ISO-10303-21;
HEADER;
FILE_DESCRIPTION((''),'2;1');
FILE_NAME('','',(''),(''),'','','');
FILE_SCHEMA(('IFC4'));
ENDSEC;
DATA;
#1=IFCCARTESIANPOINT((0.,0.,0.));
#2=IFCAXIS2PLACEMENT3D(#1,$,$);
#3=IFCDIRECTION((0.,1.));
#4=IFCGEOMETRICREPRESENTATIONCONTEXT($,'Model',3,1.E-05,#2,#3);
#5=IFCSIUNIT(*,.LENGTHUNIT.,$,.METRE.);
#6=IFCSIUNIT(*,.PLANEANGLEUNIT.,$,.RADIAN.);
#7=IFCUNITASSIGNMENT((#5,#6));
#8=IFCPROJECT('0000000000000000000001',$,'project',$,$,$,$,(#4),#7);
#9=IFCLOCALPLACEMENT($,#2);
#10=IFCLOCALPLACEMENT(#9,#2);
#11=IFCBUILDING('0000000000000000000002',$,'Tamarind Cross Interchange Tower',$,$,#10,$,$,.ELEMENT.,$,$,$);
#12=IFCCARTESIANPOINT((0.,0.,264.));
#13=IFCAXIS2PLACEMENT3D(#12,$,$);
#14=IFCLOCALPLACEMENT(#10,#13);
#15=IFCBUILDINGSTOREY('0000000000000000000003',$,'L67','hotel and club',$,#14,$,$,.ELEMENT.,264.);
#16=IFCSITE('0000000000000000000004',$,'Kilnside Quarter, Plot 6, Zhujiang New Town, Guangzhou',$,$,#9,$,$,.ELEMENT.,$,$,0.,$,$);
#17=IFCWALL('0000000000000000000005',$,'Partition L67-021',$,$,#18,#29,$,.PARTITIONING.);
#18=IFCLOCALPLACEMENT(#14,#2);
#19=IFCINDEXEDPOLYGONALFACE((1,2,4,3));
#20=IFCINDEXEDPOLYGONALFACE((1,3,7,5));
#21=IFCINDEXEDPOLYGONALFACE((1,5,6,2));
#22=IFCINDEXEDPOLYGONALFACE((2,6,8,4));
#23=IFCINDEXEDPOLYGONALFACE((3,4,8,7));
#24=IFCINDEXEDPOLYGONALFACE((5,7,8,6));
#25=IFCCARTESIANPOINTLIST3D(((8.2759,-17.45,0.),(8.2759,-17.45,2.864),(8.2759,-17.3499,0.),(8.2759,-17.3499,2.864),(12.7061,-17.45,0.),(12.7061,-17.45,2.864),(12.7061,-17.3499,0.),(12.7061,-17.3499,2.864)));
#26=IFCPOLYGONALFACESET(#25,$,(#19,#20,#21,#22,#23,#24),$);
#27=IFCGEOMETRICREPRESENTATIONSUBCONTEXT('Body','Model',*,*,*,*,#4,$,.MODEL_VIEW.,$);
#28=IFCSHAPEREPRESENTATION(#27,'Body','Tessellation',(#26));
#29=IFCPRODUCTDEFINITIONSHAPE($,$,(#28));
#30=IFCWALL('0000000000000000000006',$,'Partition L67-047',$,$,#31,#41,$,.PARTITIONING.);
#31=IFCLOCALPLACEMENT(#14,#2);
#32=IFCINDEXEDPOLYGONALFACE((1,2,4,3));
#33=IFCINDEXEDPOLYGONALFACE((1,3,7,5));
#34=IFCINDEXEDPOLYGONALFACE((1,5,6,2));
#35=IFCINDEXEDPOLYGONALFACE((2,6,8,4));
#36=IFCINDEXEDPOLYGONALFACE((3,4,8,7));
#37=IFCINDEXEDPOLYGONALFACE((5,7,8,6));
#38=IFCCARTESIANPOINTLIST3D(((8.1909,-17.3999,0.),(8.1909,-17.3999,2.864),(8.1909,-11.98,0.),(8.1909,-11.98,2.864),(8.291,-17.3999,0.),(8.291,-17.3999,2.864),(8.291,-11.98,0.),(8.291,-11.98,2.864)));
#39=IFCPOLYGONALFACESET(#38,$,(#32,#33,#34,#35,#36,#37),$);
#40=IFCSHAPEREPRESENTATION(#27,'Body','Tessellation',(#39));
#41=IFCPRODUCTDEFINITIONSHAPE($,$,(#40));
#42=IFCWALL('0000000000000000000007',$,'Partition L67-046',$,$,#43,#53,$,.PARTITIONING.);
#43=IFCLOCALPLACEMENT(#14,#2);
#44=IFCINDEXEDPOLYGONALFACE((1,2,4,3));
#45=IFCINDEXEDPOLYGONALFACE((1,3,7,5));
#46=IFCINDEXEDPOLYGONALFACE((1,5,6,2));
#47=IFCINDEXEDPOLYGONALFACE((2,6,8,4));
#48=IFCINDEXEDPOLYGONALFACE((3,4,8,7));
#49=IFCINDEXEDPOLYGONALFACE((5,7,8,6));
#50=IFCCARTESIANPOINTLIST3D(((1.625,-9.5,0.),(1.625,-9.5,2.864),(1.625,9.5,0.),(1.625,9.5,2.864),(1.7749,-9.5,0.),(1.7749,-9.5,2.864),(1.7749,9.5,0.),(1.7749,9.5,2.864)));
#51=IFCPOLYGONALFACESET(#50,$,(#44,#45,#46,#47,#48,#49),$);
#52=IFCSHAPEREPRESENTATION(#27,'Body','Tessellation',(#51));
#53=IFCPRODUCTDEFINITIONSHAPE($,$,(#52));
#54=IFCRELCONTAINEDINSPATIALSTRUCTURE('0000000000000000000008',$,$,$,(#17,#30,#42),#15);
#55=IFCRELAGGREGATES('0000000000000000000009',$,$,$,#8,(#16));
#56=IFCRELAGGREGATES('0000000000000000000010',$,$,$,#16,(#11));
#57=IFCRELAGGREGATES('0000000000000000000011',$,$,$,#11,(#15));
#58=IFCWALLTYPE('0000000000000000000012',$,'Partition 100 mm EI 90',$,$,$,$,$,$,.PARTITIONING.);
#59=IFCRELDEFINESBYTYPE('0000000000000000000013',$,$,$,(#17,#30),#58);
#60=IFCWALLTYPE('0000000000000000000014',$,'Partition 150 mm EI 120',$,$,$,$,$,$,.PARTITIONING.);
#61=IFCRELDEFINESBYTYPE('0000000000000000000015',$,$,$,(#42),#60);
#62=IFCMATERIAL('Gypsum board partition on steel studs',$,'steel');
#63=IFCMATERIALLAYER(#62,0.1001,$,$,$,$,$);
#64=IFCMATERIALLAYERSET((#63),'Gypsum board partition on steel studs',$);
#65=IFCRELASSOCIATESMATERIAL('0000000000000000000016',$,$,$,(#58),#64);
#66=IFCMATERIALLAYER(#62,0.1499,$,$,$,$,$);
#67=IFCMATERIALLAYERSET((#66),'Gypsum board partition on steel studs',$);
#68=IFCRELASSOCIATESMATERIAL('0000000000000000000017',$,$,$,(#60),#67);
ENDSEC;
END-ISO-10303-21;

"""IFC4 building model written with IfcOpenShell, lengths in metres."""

from ifc_helpers import new_model, si_unit, direction, frame, frame_2d, origin, place, context, subcontext, project, spatial, rectangle, extrude, material, layer, layer_set, type_object, element, save


model = new_model("IFC4")

# Units and contexts
model_context = context("Model", 3, precision=1e-05, world=origin(), true_north=direction((0.0, 1.0)))
body_context = subcontext(model_context, "Body", "Model", "MODEL_VIEW")
ifc_project = project(units=[si_unit("LENGTHUNIT", "METRE"), si_unit("PLANEANGLEUNIT", "RADIAN")], contexts=[model_context])

# Site, building, storey
site_placement = place(None, origin())
site = spatial("IfcSite", under=ifc_project, at=site_placement, Name="Kilnside Quarter, Plot 6, Zhujiang New Town, Guangzhou", CompositionType="ELEMENT", RefElevation=0.0)
building_placement = place(site_placement, origin())
building = spatial("IfcBuilding", under=site, at=building_placement, Name="Tamarind Cross Interchange Tower", CompositionType="ELEMENT")
storey_placement = place(building_placement, frame((0.0, 0.0, 264.0)))
storey = spatial("IfcBuildingStorey", under=building, at=storey_placement, Name="L67", Description="hotel and club", CompositionType="ELEMENT", Elevation=264.0)

# Walls
ifc_material_1 = material(Name="Gypsum board partition on steel studs", Category="steel")
ifc_layer_1 = layer(ifc_material_1, 0.1001)
ifc_layer_set_1 = layer_set([ifc_layer_1], Name="Gypsum board partition on steel studs")
wall_type_1 = type_object("IfcWallType", Name="Partition 100 mm EI 90", PredefinedType="PARTITIONING", material=ifc_layer_set_1)
wall_1_placement = place(storey_placement, frame((8.2759, -17.3999, 0.0), z_axis=(0.0, 0.0, 1.0), x_axis=(1.0, 0.0, 0.0)))
element("IfcWall", 1, at=wall_1_placement, inside=storey, type_object=wall_type_1, Name="Partition L67-021", PredefinedType="PARTITIONING", context=body_context, shape_type="SweptSolid", body=[
    extrude(rectangle(XDim=4.4302, YDim=0.1001, at=frame_2d((2.2151, 0.0))), origin(), (0.0, 0.0, 1.0), 2.864),
])
wall_2_placement = place(storey_placement, frame((8.241, -17.3999, 0.0), z_axis=(0.0, 0.0, 1.0), x_axis=(0.0, 1.0, 0.0)))
element("IfcWall", 2, at=wall_2_placement, inside=storey, type_object=wall_type_1, Name="Partition L67-047", PredefinedType="PARTITIONING", context=body_context, shape_type="SweptSolid", body=[
    extrude(rectangle(XDim=5.4199, YDim=0.1001, at=frame_2d((2.71, 0.0))), origin(), (0.0, 0.0, 1.0), 2.864),
])
ifc_layer_2 = layer(ifc_material_1, 0.1499)
ifc_layer_set_2 = layer_set([ifc_layer_2], Name="Gypsum board partition on steel studs")
wall_type_2 = type_object("IfcWallType", Name="Partition 150 mm EI 120", PredefinedType="PARTITIONING", material=ifc_layer_set_2)
wall_3_placement = place(storey_placement, frame((1.7, -9.5, 0.0), z_axis=(0.0, 0.0, 1.0), x_axis=(0.0, 1.0, 0.0)))
element("IfcWall", 3, at=wall_3_placement, inside=storey, type_object=wall_type_2, Name="Partition L67-046", PredefinedType="PARTITIONING", context=body_context, shape_type="SweptSolid", body=[
    extrude(rectangle(XDim=19.0, YDim=0.1499, at=frame_2d((9.5, 0.0))), origin(), (0.0, 0.0, 1.0), 2.864),
])

save(model, "model.ifc")
